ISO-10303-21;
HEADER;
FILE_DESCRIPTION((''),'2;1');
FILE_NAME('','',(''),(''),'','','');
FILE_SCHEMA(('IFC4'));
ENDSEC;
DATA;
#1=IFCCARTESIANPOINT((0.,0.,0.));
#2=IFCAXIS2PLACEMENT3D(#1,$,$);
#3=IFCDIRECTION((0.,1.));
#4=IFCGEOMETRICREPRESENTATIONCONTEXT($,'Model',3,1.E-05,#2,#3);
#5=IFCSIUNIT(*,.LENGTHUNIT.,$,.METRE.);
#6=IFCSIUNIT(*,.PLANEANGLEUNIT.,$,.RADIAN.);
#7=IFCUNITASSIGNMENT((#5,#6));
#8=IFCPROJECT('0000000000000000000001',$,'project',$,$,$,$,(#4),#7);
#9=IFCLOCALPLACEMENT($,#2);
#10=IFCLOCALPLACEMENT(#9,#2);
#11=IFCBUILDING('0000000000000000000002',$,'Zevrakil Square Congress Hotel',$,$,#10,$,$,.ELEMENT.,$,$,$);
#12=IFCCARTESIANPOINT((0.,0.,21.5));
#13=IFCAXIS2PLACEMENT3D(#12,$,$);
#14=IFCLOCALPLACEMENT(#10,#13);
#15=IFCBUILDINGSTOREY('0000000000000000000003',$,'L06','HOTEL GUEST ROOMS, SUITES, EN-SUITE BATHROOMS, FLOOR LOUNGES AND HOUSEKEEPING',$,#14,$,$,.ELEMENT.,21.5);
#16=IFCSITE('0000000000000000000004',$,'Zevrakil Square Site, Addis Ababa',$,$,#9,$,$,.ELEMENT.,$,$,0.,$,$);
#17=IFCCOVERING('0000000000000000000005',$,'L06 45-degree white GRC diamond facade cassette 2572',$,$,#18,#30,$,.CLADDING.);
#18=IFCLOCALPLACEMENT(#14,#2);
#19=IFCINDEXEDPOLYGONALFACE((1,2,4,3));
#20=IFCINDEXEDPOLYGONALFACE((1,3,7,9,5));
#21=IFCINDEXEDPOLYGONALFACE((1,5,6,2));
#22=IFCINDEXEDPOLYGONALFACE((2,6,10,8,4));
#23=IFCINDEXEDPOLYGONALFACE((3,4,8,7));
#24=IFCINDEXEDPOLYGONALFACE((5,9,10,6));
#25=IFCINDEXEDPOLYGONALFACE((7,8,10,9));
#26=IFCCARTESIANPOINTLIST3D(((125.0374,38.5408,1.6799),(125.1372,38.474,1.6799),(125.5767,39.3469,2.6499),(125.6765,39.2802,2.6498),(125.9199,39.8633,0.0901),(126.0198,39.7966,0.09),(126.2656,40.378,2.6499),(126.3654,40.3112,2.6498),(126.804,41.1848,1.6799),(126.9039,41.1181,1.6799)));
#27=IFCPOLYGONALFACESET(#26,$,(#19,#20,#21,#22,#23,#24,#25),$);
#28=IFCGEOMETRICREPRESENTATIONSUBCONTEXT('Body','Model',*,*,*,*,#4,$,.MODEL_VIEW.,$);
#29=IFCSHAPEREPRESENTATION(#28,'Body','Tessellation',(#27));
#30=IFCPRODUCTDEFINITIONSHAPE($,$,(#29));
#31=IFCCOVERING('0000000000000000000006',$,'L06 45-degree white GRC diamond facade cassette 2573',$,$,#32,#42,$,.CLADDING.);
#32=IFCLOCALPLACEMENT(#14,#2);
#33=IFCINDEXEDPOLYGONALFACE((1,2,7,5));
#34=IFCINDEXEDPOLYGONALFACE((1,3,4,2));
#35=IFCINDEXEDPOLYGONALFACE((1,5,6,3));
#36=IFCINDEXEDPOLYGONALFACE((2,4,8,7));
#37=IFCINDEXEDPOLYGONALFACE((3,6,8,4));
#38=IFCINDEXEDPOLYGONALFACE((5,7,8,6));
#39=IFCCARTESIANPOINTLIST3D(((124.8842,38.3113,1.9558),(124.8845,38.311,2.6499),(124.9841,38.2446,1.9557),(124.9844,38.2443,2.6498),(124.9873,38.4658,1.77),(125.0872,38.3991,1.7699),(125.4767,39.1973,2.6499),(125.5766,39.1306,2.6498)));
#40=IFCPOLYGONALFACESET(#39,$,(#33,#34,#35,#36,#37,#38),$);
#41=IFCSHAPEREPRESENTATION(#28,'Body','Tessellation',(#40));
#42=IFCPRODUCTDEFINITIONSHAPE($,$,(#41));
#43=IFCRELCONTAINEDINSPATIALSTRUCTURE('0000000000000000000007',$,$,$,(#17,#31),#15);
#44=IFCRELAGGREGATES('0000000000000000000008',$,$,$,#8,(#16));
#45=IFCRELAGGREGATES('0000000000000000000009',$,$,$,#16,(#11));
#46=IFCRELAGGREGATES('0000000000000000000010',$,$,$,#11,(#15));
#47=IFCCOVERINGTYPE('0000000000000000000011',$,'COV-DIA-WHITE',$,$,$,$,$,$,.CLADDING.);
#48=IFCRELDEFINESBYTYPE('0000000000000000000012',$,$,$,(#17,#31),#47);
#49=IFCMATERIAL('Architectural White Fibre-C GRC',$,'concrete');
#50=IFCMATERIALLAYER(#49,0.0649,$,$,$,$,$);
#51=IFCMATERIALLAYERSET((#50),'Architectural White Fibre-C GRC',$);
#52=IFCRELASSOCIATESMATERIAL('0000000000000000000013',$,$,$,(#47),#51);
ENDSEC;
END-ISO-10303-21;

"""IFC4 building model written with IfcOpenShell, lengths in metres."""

from ifc_helpers import new_model, si_unit, direction, frame, origin, place, context, subcontext, project, spatial, polyline, outline, extrude, material, layer, layer_set, type_object, element, save


model = new_model("IFC4")

# Units and contexts
model_context = context("Model", 3, precision=1e-05, world=origin(), true_north=direction((0.0, 1.0)))
body_context = subcontext(model_context, "Body", "Model", "MODEL_VIEW")
ifc_project = project(units=[si_unit("LENGTHUNIT", "METRE"), si_unit("PLANEANGLEUNIT", "RADIAN")], contexts=[model_context])

# Site, building, storey
site_placement = place(None, origin())
site = spatial("IfcSite", under=ifc_project, at=site_placement, Name="Zevrakil Square Site, Addis Ababa", CompositionType="ELEMENT", RefElevation=0.0)
building_placement = place(site_placement, origin())
building = spatial("IfcBuilding", under=site, at=building_placement, Name="Zevrakil Square Congress Hotel", CompositionType="ELEMENT")
storey_placement = place(building_placement, frame((0.0, 0.0, 21.5)))
storey = spatial("IfcBuildingStorey", under=building, at=storey_placement, Name="L06", Description="HOTEL GUEST ROOMS, SUITES, EN-SUITE BATHROOMS, FLOOR LOUNGES AND HOUSEKEEPING", CompositionType="ELEMENT", Elevation=21.5)

# Coverings
ifc_material_1 = material(Name="Architectural White Fibre-C GRC", Category="concrete")
ifc_layer_1 = layer(ifc_material_1, 0.0649)
ifc_layer_set_1 = layer_set([ifc_layer_1], Name="Architectural White Fibre-C GRC")
covering_type = type_object("IfcCoveringType", Name="COV-DIA-WHITE", PredefinedType="CLADDING", material=ifc_layer_set_1)
covering_1_placement = place(storey_placement, frame((125.0374, 38.5408, 1.6799), z_axis=(-0.831478, 0.555558, 0.000588), x_axis=(0.392507, 0.588195, -0.707082)))
element("IfcCovering", 1, at=covering_1_placement, inside=storey, type_object=covering_type, Name="L06 45-degree white GRC diamond facade cassette 2572", PredefinedType="CLADDING", context=body_context, shape_type="SweptSolid", body=[
    extrude(outline(polyline([(0.0, 0.0), (2.2485, 0.0), (2.2486, -2.2485), (0.8769, -2.2485), (0.0, -1.3717), (0.0, 0.0)])), origin(), (0.0, 0.0, -1.0), 0.1201),
])
covering_2_placement = place(storey_placement, frame((124.9873, 38.4658, 1.77), z_axis=(-0.831459, 0.555585, 0.00061), x_axis=(0.393271, 0.587773, 0.707009)))
element("IfcCovering", 2, at=covering_2_placement, inside=storey, type_object=covering_type, Name="L06 45-degree white GRC diamond facade cassette 2573", PredefinedType="CLADDING", context=body_context, shape_type="SweptSolid", body=[
    extrude(outline(polyline([(0.0, 0.0), (1.2445, 0.0), (0.4907, -0.7536), (0.0, -0.2627), (0.0, 0.0)])), origin(), (0.0, 0.0, -1.0), 0.1201),
])

save(model, "model.ifc")
